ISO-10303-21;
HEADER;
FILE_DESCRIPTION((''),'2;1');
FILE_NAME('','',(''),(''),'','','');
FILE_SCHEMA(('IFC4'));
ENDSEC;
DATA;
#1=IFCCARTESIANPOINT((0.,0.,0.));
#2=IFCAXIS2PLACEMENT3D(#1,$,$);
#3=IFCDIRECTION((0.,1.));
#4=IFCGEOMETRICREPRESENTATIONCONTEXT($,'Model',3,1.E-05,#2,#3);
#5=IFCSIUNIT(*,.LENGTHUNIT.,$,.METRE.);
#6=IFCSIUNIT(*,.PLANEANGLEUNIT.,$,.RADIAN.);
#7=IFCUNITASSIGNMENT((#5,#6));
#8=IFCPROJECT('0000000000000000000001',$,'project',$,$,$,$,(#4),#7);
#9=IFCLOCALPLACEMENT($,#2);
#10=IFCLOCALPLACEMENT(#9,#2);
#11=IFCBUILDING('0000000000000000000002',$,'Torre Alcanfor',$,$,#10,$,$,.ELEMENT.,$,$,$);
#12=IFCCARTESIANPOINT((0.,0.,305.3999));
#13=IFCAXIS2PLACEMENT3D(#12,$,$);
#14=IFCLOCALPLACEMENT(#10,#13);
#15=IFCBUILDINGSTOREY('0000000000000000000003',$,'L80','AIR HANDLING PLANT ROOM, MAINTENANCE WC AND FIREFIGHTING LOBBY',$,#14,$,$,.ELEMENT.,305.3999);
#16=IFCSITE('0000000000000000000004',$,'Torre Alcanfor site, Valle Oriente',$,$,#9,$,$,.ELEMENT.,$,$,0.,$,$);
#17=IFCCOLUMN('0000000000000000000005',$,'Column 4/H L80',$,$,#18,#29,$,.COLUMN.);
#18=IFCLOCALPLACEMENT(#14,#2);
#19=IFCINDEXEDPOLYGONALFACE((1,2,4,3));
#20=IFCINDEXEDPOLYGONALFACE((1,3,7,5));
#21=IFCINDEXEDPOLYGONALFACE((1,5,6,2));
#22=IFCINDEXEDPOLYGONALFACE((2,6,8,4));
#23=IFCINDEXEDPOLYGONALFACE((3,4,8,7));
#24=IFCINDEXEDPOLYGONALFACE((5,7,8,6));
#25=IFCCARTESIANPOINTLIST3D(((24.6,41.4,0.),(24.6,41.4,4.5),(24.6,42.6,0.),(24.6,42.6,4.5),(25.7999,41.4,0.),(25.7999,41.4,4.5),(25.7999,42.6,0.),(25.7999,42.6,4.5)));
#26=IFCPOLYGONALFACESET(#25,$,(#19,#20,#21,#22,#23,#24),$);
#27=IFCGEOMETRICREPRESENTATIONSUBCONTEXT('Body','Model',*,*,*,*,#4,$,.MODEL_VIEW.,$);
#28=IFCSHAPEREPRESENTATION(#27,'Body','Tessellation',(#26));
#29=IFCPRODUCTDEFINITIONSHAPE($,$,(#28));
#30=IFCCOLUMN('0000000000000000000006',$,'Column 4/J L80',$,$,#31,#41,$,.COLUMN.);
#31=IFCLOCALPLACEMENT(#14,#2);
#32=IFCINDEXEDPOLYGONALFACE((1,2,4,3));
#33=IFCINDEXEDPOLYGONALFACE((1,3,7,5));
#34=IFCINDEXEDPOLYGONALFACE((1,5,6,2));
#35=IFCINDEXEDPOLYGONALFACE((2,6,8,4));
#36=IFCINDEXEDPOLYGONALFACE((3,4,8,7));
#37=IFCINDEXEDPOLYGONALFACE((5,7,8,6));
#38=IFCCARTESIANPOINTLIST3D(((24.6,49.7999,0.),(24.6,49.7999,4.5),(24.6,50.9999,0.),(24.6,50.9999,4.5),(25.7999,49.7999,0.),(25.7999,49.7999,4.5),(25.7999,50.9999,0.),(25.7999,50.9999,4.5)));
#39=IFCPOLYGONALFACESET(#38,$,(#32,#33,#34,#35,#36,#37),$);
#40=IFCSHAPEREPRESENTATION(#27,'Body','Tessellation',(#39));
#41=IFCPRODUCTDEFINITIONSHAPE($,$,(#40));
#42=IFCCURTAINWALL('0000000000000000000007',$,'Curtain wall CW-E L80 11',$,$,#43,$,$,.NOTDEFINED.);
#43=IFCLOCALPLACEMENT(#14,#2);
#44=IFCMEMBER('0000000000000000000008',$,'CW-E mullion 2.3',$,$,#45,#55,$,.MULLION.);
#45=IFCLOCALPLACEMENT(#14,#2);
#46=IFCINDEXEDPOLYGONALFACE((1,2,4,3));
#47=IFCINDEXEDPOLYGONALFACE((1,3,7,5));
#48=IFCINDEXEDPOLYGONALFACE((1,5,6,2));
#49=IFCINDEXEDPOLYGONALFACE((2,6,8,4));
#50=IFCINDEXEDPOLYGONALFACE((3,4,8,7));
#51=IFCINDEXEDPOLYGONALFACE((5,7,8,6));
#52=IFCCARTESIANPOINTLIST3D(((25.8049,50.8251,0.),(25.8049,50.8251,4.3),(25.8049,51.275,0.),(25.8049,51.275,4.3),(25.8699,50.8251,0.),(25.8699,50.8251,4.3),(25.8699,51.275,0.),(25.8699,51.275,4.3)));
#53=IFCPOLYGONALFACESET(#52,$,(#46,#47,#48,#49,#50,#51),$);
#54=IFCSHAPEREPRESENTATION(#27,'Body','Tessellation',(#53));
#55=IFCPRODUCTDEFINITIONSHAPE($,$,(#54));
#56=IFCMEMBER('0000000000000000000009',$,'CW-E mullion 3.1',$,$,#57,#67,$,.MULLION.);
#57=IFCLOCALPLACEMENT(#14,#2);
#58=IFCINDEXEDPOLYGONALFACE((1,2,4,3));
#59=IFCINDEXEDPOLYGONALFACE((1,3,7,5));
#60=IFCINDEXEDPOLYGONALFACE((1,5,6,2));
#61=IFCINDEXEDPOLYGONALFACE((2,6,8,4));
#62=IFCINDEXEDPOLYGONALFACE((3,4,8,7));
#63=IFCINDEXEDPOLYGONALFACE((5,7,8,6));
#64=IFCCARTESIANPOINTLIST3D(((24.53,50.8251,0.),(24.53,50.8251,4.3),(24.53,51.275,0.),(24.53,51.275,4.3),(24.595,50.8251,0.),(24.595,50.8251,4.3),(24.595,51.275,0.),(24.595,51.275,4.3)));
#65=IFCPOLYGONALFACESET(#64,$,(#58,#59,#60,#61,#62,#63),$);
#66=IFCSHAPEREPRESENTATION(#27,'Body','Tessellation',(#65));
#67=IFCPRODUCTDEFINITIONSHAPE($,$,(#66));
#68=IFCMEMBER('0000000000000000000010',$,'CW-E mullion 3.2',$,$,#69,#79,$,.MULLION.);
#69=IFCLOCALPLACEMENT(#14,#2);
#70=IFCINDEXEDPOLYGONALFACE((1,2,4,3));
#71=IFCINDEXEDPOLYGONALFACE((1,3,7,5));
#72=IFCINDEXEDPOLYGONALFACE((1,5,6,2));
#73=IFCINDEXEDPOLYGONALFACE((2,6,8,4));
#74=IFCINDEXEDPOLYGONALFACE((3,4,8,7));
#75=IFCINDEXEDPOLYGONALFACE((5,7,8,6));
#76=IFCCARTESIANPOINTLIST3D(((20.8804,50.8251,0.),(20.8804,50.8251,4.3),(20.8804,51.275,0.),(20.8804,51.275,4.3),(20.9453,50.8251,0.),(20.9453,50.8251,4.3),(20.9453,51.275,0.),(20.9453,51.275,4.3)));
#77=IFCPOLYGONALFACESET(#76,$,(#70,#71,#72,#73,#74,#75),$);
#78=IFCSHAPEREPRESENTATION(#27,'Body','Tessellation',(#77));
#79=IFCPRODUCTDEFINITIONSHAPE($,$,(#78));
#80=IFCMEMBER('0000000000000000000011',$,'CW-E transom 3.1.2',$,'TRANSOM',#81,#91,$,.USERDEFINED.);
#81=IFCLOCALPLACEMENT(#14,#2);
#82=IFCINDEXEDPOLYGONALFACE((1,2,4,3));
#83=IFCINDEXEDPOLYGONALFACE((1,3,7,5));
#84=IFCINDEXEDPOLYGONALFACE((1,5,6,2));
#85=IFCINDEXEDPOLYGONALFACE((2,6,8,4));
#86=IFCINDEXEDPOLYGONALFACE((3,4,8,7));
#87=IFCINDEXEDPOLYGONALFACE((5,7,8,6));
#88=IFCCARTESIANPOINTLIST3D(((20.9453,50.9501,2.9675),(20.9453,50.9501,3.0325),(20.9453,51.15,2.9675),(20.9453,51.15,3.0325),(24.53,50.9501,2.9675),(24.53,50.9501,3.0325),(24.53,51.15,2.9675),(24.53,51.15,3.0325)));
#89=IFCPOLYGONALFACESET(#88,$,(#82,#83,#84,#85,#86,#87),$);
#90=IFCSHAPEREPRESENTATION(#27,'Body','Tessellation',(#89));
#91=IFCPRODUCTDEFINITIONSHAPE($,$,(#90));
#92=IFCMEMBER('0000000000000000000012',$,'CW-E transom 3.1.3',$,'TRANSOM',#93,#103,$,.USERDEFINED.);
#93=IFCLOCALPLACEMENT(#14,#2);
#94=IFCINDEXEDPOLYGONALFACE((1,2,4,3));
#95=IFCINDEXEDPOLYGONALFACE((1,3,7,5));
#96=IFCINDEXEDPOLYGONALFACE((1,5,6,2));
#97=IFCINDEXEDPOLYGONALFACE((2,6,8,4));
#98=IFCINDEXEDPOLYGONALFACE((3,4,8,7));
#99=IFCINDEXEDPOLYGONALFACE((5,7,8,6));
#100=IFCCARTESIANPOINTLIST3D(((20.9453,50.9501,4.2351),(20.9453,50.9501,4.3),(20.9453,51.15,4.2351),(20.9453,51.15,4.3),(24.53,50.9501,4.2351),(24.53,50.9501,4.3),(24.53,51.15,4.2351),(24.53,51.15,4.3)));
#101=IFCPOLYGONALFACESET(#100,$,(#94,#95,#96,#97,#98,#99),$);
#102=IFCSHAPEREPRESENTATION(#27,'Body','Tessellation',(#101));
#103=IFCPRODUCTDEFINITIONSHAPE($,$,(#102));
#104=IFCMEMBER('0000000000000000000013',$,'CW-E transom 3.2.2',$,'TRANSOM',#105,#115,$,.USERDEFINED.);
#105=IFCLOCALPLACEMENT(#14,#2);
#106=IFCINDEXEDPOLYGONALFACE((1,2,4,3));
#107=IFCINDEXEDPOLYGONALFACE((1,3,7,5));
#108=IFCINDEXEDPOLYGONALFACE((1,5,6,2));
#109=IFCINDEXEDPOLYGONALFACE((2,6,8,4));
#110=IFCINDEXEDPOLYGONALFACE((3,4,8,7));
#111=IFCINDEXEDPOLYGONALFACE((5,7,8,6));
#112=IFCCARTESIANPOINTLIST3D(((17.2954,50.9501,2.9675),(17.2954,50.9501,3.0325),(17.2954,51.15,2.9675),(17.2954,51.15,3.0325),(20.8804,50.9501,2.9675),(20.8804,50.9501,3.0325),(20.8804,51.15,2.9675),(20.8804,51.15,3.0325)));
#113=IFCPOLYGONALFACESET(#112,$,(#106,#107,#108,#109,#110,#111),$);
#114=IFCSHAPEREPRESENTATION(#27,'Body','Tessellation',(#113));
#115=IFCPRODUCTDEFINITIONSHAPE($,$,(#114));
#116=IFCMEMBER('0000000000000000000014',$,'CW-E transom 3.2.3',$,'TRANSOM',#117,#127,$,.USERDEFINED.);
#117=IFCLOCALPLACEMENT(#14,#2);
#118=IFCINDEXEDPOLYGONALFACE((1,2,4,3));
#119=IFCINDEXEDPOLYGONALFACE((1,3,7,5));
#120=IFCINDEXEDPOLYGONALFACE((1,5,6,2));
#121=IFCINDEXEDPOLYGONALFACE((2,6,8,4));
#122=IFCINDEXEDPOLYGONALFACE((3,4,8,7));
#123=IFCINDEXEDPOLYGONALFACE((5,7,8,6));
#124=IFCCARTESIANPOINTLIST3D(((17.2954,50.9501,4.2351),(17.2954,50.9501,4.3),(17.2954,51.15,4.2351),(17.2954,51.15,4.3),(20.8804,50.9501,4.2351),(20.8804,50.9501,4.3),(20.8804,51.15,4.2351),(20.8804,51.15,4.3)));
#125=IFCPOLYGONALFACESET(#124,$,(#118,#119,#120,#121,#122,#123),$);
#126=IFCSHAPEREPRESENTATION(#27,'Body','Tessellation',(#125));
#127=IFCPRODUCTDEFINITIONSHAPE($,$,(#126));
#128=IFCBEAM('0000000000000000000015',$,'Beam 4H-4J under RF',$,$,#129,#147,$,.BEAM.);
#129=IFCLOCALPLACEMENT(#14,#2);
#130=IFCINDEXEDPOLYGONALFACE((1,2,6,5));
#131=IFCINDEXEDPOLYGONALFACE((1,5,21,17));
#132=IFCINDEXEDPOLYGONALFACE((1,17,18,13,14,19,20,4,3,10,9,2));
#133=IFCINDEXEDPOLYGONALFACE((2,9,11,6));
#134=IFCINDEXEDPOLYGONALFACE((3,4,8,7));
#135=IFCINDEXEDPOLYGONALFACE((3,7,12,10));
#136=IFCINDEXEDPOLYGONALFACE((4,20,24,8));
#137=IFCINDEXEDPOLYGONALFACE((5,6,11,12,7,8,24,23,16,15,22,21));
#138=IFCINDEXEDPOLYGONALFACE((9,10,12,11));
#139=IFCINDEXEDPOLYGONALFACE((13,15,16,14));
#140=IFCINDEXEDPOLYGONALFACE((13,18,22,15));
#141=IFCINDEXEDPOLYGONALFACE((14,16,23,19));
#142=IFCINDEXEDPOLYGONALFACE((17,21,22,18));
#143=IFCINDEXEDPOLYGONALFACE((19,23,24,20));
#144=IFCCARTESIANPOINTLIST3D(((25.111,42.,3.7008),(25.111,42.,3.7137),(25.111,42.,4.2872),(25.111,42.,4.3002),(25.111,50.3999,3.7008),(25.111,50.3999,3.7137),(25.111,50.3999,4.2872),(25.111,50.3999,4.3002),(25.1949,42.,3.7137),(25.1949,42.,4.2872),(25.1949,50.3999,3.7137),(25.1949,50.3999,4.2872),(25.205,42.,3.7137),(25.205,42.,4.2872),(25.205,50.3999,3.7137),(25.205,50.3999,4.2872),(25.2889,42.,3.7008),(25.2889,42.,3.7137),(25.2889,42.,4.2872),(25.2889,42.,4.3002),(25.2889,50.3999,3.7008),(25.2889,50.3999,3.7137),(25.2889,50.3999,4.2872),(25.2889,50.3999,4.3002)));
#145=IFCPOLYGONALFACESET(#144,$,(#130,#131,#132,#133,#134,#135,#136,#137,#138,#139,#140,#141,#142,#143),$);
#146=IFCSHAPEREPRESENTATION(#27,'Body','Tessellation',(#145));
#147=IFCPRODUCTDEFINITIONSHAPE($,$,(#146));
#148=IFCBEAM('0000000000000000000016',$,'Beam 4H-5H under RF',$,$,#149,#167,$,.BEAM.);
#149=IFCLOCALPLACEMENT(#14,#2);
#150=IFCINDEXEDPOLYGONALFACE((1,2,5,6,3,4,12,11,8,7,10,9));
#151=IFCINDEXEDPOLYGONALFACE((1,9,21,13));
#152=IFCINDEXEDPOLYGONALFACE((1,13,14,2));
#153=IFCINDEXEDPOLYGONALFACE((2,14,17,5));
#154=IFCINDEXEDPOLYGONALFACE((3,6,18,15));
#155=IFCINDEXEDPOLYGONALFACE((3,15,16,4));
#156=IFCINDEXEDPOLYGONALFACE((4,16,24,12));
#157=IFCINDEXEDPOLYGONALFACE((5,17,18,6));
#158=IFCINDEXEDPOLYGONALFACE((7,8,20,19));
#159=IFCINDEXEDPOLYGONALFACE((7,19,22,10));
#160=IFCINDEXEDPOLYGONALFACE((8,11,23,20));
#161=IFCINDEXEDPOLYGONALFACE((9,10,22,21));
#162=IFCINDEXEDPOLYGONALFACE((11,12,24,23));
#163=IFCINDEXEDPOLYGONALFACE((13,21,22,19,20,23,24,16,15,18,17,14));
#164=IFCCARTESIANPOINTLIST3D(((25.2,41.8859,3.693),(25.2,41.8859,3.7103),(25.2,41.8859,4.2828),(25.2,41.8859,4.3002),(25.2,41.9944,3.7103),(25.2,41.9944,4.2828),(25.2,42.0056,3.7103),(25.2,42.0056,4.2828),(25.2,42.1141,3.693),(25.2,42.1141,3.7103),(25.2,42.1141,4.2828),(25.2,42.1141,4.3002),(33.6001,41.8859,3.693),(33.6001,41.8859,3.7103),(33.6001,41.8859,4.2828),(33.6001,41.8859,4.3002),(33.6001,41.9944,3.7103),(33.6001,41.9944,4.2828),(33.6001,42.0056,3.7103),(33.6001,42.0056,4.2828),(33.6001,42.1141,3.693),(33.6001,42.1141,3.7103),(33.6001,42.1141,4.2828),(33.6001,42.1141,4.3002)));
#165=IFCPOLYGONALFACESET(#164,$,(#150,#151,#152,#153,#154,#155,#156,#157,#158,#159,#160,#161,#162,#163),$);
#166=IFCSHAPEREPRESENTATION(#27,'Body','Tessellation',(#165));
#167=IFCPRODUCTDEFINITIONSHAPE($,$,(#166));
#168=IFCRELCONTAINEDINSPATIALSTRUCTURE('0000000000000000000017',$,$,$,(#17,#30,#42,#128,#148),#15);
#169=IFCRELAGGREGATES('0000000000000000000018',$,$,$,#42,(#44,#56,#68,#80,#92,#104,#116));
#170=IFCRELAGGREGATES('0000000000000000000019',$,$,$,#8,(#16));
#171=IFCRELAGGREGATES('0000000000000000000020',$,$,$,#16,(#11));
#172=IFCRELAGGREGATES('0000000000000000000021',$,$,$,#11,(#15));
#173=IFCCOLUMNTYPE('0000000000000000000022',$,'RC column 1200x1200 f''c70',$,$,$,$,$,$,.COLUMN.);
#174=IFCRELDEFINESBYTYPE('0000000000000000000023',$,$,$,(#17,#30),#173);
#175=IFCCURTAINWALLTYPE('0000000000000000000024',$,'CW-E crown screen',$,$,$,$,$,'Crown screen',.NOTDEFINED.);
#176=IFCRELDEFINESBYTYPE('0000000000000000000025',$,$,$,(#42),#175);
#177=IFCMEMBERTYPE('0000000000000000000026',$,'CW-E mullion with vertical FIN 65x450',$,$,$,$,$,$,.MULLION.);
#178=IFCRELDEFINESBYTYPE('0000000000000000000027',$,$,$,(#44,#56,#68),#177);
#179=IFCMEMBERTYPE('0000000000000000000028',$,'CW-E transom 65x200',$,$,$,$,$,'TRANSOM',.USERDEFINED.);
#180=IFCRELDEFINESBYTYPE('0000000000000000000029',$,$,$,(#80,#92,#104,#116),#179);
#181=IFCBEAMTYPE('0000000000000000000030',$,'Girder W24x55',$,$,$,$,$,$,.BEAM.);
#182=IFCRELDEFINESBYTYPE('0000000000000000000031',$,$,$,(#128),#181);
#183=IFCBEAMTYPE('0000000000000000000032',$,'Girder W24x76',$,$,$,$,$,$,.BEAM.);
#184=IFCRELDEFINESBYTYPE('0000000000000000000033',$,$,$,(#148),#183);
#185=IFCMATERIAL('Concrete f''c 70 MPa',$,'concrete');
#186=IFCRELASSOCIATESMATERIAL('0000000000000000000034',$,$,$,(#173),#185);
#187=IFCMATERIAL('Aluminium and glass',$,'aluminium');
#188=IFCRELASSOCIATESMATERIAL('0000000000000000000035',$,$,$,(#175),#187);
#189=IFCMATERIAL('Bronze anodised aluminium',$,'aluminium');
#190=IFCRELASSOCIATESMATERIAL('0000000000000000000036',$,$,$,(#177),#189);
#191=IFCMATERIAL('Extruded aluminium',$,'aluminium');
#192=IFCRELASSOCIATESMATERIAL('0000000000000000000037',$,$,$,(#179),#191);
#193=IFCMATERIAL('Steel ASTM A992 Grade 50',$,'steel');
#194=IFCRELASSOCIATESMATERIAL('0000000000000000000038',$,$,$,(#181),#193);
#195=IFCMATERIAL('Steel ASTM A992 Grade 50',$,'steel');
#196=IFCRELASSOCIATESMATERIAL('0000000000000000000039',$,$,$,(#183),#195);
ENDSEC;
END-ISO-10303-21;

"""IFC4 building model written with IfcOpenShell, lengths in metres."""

from ifc_helpers import new_model, si_unit, direction, frame, origin, origin_2d, place, context, subcontext, project, spatial, rectangle, i_section, extrude, material, material_profile, profile_set, type_object, element, aggregate, save


model = new_model("IFC4")

# Units and contexts
model_context = context("Model", 3, precision=1e-05, world=origin(), true_north=direction((0.0, 1.0)))
body_context = subcontext(model_context, "Body", "Model", "MODEL_VIEW")
ifc_project = project(units=[si_unit("LENGTHUNIT", "METRE"), si_unit("PLANEANGLEUNIT", "RADIAN")], contexts=[model_context])

# Site, building, storey
site_placement = place(None, origin())
site = spatial("IfcSite", under=ifc_project, at=site_placement, Name="Torre Alcanfor site, Valle Oriente", CompositionType="ELEMENT", RefElevation=0.0)
building_placement = place(site_placement, origin())
building = spatial("IfcBuilding", under=site, at=building_placement, Name="Torre Alcanfor", CompositionType="ELEMENT")
storey_placement = place(building_placement, frame((0.0, 0.0, 305.3999)))
storey = spatial("IfcBuildingStorey", under=building, at=storey_placement, Name="L80", Description="AIR HANDLING PLANT ROOM, MAINTENANCE WC AND FIREFIGHTING LOBBY", CompositionType="ELEMENT", Elevation=305.3999)

# Columns
ifc_material_1 = material(Name="Concrete f'c 70 MPa", Category="concrete")
ifc_material_profile_1 = material_profile(ifc_material_1, rectangle(XDim=1.2, YDim=1.2, at=origin_2d()), Name="1200x1200")
ifc_profile_set_1 = profile_set([ifc_material_profile_1], Name="Concrete f'c 70 MPa")
column_type = type_object("IfcColumnType", Name="RC column 1200x1200 f'c70", PredefinedType="COLUMN", material=ifc_profile_set_1)
for number, where, z_axis, x_axis, name in (
    (1, (25.2, 42.0, 0.0), (0.0, 0.0, 1.0), (1.0, 0.0, 0.0), "Column 4/H L80"),
    (2, (25.2, 50.3999, 0.0), (0.0, 0.0, 1.0), (1.0, 0.0, 0.0), "Column 4/J L80"),
):
    element("IfcColumn", number, at=place(storey_placement, frame(where, z_axis=z_axis, x_axis=x_axis)), inside=storey, type_object=column_type, Name=name, PredefinedType="COLUMN", context=body_context, shape_type="SweptSolid", body=[
        extrude(rectangle(XDim=1.2, YDim=1.2, at=origin_2d()), origin(), (0.0, 0.0, 1.0), 4.5),
    ])

# Curtain wall, members
ifc_material_2 = material(Name="Aluminium and glass", Category="aluminium")
curtain_wall_type = type_object("IfcCurtainWallType", Name="CW-E crown screen", ElementType="Crown screen", PredefinedType="NOTDEFINED", material=ifc_material_2)
curtain_wall_placement = place(storey_placement, origin())
curtain_wall = element("IfcCurtainWall", 3, at=curtain_wall_placement, inside=storey, type_object=curtain_wall_type, Name="Curtain wall CW-E L80 11", PredefinedType="NOTDEFINED")
ifc_material_3 = material(Name="Bronze anodised aluminium", Category="aluminium")
ifc_material_profile_2 = material_profile(ifc_material_3, rectangle(XDim=0.45, YDim=0.0649, at=origin_2d()), Name="CW-E mullion 65x450")
ifc_profile_set_2 = profile_set([ifc_material_profile_2], Name="Bronze anodised aluminium")
member_type_1 = type_object("IfcMemberType", Name="CW-E mullion with vertical FIN 65x450", PredefinedType="MULLION", material=ifc_profile_set_2)
member_1_placement = place(storey_placement, frame((25.8374, 51.05, 0.0), z_axis=(0.0, 0.0, 1.0), x_axis=(0.0, -1.0, 0.0)))
member_1 = element("IfcMember", 4, at=member_1_placement, type_object=member_type_1, Name="CW-E mullion 2.3", PredefinedType="MULLION", context=body_context, shape_type="SweptSolid", body=[
    extrude(rectangle(XDim=0.45, YDim=0.0649, at=origin_2d()), origin(), (0.0, 0.0, 1.0), 4.3),
])
member_2_placement = place(storey_placement, frame((24.5625, 51.05, 0.0), z_axis=(0.0, 0.0, 1.0), x_axis=(0.0, -1.0, 0.0)))
member_2 = element("IfcMember", 5, at=member_2_placement, type_object=member_type_1, Name="CW-E mullion 3.1", PredefinedType="MULLION", context=body_context, shape_type="SweptSolid", body=[
    extrude(rectangle(XDim=0.45, YDim=0.0649, at=origin_2d()), origin(), (0.0, 0.0, 1.0), 4.3),
])
member_3_placement = place(storey_placement, frame((20.9128, 51.05, 0.0), z_axis=(0.0, 0.0, 1.0), x_axis=(0.0, -1.0, 0.0)))
member_3 = element("IfcMember", 6, at=member_3_placement, type_object=member_type_1, Name="CW-E mullion 3.2", PredefinedType="MULLION", context=body_context, shape_type="SweptSolid", body=[
    extrude(rectangle(XDim=0.45, YDim=0.0649, at=origin_2d()), origin(), (0.0, 0.0, 1.0), 4.3),
])
ifc_material_4 = material(Name="Extruded aluminium", Category="aluminium")
ifc_material_profile_3 = material_profile(ifc_material_4, rectangle(XDim=0.2, YDim=0.0649, at=origin_2d()), Name="CW-E transom 200x65")
ifc_profile_set_3 = profile_set([ifc_material_profile_3], Name="Extruded aluminium")
member_type_2 = type_object("IfcMemberType", Name="CW-E transom 65x200", ElementType="TRANSOM", PredefinedType="USERDEFINED", material=ifc_profile_set_3)
member_4_placement = place(storey_placement, frame((24.53, 51.05, 3.0), z_axis=(-1.0, 0.0, 0.0), x_axis=(0.0, -1.0, 0.0)))
member_4 = element("IfcMember", 7, at=member_4_placement, type_object=member_type_2, Name="CW-E transom 3.1.2", ObjectType="TRANSOM", PredefinedType="USERDEFINED", context=body_context, shape_type="SweptSolid", body=[
    extrude(rectangle(XDim=0.2, YDim=0.0649, at=origin_2d()), origin(), (0.0, 0.0, 1.0), 3.5847),
])
member_5_placement = place(storey_placement, frame((24.53, 51.05, 4.2676), z_axis=(-1.0, 0.0, 0.0), x_axis=(0.0, -1.0, 0.0)))
member_5 = element("IfcMember", 8, at=member_5_placement, type_object=member_type_2, Name="CW-E transom 3.1.3", ObjectType="TRANSOM", PredefinedType="USERDEFINED", context=body_context, shape_type="SweptSolid", body=[
    extrude(rectangle(XDim=0.2, YDim=0.0649, at=origin_2d()), origin(), (0.0, 0.0, 1.0), 3.5847),
])
member_6_placement = place(storey_placement, frame((20.8804, 51.05, 3.0), z_axis=(-1.0, 0.0, 0.0), x_axis=(0.0, -1.0, 0.0)))
member_6 = element("IfcMember", 9, at=member_6_placement, type_object=member_type_2, Name="CW-E transom 3.2.2", ObjectType="TRANSOM", PredefinedType="USERDEFINED", context=body_context, shape_type="SweptSolid", body=[
    extrude(rectangle(XDim=0.2, YDim=0.0649, at=origin_2d()), origin(), (0.0, 0.0, 1.0), 3.585),
])
member_7_placement = place(storey_placement, frame((20.8804, 51.05, 4.2676), z_axis=(-1.0, 0.0, 0.0), x_axis=(0.0, -1.0, 0.0)))
member_7 = element("IfcMember", 10, at=member_7_placement, type_object=member_type_2, Name="CW-E transom 3.2.3", ObjectType="TRANSOM", PredefinedType="USERDEFINED", context=body_context, shape_type="SweptSolid", body=[
    extrude(rectangle(XDim=0.2, YDim=0.0649, at=origin_2d()), origin(), (0.0, 0.0, 1.0), 3.585),
])

# Beams
ifc_material_5 = material(Name="Steel ASTM A992 Grade 50", Category="steel")
ifc_material_profile_4 = material_profile(ifc_material_5, i_section(OverallWidth=0.178, OverallDepth=0.5994, WebThickness=0.01, FlangeThickness=0.0129, at=origin_2d()), Name="W24x55")
ifc_profile_set_4 = profile_set([ifc_material_profile_4], Name="Steel ASTM A992 Grade 50")
beam_type_1 = type_object("IfcBeamType", Name="Girder W24x55", PredefinedType="BEAM", material=ifc_profile_set_4)
beam_1_placement = place(storey_placement, frame((25.2, 42.0, 4.0005), z_axis=(0.0, 1.0, 0.0), x_axis=(-1.0, 0.0, 0.0)))
element("IfcBeam", 11, at=beam_1_placement, inside=storey, type_object=beam_type_1, Name="Beam 4H-4J under RF", PredefinedType="BEAM", context=body_context, shape_type="SweptSolid", body=[
    extrude(i_section(OverallWidth=0.178, OverallDepth=0.5994, WebThickness=0.01, FlangeThickness=0.0129, at=origin_2d()), origin(), (0.0, 0.0, 1.0), 8.3999),
])
ifc_material_6 = material(Name="Steel ASTM A992 Grade 50", Category="steel")
ifc_material_profile_5 = material_profile(ifc_material_6, i_section(OverallWidth=0.2283, OverallDepth=0.6072, WebThickness=0.0112, FlangeThickness=0.0173, at=origin_2d()), Name="W24x76")
ifc_profile_set_5 = profile_set([ifc_material_profile_5], Name="Steel ASTM A992 Grade 50")
beam_type_2 = type_object("IfcBeamType", Name="Girder W24x76", PredefinedType="BEAM", material=ifc_profile_set_5)
beam_2_placement = place(storey_placement, frame((25.2, 42.0, 3.9966), z_axis=(1.0, 0.0, 0.0), x_axis=(0.0, 1.0, 0.0)))
element("IfcBeam", 12, at=beam_2_placement, inside=storey, type_object=beam_type_2, Name="Beam 4H-5H under RF", PredefinedType="BEAM", context=body_context, shape_type="SweptSolid", body=[
    extrude(i_section(OverallWidth=0.2283, OverallDepth=0.6072, WebThickness=0.0112, FlangeThickness=0.0173, at=origin_2d()), origin(), (0.0, 0.0, 1.0), 8.4001),
])

aggregate(curtain_wall, [member_1, member_2, member_3, member_4, member_5, member_6, member_7])

save(model, "model.ifc")
